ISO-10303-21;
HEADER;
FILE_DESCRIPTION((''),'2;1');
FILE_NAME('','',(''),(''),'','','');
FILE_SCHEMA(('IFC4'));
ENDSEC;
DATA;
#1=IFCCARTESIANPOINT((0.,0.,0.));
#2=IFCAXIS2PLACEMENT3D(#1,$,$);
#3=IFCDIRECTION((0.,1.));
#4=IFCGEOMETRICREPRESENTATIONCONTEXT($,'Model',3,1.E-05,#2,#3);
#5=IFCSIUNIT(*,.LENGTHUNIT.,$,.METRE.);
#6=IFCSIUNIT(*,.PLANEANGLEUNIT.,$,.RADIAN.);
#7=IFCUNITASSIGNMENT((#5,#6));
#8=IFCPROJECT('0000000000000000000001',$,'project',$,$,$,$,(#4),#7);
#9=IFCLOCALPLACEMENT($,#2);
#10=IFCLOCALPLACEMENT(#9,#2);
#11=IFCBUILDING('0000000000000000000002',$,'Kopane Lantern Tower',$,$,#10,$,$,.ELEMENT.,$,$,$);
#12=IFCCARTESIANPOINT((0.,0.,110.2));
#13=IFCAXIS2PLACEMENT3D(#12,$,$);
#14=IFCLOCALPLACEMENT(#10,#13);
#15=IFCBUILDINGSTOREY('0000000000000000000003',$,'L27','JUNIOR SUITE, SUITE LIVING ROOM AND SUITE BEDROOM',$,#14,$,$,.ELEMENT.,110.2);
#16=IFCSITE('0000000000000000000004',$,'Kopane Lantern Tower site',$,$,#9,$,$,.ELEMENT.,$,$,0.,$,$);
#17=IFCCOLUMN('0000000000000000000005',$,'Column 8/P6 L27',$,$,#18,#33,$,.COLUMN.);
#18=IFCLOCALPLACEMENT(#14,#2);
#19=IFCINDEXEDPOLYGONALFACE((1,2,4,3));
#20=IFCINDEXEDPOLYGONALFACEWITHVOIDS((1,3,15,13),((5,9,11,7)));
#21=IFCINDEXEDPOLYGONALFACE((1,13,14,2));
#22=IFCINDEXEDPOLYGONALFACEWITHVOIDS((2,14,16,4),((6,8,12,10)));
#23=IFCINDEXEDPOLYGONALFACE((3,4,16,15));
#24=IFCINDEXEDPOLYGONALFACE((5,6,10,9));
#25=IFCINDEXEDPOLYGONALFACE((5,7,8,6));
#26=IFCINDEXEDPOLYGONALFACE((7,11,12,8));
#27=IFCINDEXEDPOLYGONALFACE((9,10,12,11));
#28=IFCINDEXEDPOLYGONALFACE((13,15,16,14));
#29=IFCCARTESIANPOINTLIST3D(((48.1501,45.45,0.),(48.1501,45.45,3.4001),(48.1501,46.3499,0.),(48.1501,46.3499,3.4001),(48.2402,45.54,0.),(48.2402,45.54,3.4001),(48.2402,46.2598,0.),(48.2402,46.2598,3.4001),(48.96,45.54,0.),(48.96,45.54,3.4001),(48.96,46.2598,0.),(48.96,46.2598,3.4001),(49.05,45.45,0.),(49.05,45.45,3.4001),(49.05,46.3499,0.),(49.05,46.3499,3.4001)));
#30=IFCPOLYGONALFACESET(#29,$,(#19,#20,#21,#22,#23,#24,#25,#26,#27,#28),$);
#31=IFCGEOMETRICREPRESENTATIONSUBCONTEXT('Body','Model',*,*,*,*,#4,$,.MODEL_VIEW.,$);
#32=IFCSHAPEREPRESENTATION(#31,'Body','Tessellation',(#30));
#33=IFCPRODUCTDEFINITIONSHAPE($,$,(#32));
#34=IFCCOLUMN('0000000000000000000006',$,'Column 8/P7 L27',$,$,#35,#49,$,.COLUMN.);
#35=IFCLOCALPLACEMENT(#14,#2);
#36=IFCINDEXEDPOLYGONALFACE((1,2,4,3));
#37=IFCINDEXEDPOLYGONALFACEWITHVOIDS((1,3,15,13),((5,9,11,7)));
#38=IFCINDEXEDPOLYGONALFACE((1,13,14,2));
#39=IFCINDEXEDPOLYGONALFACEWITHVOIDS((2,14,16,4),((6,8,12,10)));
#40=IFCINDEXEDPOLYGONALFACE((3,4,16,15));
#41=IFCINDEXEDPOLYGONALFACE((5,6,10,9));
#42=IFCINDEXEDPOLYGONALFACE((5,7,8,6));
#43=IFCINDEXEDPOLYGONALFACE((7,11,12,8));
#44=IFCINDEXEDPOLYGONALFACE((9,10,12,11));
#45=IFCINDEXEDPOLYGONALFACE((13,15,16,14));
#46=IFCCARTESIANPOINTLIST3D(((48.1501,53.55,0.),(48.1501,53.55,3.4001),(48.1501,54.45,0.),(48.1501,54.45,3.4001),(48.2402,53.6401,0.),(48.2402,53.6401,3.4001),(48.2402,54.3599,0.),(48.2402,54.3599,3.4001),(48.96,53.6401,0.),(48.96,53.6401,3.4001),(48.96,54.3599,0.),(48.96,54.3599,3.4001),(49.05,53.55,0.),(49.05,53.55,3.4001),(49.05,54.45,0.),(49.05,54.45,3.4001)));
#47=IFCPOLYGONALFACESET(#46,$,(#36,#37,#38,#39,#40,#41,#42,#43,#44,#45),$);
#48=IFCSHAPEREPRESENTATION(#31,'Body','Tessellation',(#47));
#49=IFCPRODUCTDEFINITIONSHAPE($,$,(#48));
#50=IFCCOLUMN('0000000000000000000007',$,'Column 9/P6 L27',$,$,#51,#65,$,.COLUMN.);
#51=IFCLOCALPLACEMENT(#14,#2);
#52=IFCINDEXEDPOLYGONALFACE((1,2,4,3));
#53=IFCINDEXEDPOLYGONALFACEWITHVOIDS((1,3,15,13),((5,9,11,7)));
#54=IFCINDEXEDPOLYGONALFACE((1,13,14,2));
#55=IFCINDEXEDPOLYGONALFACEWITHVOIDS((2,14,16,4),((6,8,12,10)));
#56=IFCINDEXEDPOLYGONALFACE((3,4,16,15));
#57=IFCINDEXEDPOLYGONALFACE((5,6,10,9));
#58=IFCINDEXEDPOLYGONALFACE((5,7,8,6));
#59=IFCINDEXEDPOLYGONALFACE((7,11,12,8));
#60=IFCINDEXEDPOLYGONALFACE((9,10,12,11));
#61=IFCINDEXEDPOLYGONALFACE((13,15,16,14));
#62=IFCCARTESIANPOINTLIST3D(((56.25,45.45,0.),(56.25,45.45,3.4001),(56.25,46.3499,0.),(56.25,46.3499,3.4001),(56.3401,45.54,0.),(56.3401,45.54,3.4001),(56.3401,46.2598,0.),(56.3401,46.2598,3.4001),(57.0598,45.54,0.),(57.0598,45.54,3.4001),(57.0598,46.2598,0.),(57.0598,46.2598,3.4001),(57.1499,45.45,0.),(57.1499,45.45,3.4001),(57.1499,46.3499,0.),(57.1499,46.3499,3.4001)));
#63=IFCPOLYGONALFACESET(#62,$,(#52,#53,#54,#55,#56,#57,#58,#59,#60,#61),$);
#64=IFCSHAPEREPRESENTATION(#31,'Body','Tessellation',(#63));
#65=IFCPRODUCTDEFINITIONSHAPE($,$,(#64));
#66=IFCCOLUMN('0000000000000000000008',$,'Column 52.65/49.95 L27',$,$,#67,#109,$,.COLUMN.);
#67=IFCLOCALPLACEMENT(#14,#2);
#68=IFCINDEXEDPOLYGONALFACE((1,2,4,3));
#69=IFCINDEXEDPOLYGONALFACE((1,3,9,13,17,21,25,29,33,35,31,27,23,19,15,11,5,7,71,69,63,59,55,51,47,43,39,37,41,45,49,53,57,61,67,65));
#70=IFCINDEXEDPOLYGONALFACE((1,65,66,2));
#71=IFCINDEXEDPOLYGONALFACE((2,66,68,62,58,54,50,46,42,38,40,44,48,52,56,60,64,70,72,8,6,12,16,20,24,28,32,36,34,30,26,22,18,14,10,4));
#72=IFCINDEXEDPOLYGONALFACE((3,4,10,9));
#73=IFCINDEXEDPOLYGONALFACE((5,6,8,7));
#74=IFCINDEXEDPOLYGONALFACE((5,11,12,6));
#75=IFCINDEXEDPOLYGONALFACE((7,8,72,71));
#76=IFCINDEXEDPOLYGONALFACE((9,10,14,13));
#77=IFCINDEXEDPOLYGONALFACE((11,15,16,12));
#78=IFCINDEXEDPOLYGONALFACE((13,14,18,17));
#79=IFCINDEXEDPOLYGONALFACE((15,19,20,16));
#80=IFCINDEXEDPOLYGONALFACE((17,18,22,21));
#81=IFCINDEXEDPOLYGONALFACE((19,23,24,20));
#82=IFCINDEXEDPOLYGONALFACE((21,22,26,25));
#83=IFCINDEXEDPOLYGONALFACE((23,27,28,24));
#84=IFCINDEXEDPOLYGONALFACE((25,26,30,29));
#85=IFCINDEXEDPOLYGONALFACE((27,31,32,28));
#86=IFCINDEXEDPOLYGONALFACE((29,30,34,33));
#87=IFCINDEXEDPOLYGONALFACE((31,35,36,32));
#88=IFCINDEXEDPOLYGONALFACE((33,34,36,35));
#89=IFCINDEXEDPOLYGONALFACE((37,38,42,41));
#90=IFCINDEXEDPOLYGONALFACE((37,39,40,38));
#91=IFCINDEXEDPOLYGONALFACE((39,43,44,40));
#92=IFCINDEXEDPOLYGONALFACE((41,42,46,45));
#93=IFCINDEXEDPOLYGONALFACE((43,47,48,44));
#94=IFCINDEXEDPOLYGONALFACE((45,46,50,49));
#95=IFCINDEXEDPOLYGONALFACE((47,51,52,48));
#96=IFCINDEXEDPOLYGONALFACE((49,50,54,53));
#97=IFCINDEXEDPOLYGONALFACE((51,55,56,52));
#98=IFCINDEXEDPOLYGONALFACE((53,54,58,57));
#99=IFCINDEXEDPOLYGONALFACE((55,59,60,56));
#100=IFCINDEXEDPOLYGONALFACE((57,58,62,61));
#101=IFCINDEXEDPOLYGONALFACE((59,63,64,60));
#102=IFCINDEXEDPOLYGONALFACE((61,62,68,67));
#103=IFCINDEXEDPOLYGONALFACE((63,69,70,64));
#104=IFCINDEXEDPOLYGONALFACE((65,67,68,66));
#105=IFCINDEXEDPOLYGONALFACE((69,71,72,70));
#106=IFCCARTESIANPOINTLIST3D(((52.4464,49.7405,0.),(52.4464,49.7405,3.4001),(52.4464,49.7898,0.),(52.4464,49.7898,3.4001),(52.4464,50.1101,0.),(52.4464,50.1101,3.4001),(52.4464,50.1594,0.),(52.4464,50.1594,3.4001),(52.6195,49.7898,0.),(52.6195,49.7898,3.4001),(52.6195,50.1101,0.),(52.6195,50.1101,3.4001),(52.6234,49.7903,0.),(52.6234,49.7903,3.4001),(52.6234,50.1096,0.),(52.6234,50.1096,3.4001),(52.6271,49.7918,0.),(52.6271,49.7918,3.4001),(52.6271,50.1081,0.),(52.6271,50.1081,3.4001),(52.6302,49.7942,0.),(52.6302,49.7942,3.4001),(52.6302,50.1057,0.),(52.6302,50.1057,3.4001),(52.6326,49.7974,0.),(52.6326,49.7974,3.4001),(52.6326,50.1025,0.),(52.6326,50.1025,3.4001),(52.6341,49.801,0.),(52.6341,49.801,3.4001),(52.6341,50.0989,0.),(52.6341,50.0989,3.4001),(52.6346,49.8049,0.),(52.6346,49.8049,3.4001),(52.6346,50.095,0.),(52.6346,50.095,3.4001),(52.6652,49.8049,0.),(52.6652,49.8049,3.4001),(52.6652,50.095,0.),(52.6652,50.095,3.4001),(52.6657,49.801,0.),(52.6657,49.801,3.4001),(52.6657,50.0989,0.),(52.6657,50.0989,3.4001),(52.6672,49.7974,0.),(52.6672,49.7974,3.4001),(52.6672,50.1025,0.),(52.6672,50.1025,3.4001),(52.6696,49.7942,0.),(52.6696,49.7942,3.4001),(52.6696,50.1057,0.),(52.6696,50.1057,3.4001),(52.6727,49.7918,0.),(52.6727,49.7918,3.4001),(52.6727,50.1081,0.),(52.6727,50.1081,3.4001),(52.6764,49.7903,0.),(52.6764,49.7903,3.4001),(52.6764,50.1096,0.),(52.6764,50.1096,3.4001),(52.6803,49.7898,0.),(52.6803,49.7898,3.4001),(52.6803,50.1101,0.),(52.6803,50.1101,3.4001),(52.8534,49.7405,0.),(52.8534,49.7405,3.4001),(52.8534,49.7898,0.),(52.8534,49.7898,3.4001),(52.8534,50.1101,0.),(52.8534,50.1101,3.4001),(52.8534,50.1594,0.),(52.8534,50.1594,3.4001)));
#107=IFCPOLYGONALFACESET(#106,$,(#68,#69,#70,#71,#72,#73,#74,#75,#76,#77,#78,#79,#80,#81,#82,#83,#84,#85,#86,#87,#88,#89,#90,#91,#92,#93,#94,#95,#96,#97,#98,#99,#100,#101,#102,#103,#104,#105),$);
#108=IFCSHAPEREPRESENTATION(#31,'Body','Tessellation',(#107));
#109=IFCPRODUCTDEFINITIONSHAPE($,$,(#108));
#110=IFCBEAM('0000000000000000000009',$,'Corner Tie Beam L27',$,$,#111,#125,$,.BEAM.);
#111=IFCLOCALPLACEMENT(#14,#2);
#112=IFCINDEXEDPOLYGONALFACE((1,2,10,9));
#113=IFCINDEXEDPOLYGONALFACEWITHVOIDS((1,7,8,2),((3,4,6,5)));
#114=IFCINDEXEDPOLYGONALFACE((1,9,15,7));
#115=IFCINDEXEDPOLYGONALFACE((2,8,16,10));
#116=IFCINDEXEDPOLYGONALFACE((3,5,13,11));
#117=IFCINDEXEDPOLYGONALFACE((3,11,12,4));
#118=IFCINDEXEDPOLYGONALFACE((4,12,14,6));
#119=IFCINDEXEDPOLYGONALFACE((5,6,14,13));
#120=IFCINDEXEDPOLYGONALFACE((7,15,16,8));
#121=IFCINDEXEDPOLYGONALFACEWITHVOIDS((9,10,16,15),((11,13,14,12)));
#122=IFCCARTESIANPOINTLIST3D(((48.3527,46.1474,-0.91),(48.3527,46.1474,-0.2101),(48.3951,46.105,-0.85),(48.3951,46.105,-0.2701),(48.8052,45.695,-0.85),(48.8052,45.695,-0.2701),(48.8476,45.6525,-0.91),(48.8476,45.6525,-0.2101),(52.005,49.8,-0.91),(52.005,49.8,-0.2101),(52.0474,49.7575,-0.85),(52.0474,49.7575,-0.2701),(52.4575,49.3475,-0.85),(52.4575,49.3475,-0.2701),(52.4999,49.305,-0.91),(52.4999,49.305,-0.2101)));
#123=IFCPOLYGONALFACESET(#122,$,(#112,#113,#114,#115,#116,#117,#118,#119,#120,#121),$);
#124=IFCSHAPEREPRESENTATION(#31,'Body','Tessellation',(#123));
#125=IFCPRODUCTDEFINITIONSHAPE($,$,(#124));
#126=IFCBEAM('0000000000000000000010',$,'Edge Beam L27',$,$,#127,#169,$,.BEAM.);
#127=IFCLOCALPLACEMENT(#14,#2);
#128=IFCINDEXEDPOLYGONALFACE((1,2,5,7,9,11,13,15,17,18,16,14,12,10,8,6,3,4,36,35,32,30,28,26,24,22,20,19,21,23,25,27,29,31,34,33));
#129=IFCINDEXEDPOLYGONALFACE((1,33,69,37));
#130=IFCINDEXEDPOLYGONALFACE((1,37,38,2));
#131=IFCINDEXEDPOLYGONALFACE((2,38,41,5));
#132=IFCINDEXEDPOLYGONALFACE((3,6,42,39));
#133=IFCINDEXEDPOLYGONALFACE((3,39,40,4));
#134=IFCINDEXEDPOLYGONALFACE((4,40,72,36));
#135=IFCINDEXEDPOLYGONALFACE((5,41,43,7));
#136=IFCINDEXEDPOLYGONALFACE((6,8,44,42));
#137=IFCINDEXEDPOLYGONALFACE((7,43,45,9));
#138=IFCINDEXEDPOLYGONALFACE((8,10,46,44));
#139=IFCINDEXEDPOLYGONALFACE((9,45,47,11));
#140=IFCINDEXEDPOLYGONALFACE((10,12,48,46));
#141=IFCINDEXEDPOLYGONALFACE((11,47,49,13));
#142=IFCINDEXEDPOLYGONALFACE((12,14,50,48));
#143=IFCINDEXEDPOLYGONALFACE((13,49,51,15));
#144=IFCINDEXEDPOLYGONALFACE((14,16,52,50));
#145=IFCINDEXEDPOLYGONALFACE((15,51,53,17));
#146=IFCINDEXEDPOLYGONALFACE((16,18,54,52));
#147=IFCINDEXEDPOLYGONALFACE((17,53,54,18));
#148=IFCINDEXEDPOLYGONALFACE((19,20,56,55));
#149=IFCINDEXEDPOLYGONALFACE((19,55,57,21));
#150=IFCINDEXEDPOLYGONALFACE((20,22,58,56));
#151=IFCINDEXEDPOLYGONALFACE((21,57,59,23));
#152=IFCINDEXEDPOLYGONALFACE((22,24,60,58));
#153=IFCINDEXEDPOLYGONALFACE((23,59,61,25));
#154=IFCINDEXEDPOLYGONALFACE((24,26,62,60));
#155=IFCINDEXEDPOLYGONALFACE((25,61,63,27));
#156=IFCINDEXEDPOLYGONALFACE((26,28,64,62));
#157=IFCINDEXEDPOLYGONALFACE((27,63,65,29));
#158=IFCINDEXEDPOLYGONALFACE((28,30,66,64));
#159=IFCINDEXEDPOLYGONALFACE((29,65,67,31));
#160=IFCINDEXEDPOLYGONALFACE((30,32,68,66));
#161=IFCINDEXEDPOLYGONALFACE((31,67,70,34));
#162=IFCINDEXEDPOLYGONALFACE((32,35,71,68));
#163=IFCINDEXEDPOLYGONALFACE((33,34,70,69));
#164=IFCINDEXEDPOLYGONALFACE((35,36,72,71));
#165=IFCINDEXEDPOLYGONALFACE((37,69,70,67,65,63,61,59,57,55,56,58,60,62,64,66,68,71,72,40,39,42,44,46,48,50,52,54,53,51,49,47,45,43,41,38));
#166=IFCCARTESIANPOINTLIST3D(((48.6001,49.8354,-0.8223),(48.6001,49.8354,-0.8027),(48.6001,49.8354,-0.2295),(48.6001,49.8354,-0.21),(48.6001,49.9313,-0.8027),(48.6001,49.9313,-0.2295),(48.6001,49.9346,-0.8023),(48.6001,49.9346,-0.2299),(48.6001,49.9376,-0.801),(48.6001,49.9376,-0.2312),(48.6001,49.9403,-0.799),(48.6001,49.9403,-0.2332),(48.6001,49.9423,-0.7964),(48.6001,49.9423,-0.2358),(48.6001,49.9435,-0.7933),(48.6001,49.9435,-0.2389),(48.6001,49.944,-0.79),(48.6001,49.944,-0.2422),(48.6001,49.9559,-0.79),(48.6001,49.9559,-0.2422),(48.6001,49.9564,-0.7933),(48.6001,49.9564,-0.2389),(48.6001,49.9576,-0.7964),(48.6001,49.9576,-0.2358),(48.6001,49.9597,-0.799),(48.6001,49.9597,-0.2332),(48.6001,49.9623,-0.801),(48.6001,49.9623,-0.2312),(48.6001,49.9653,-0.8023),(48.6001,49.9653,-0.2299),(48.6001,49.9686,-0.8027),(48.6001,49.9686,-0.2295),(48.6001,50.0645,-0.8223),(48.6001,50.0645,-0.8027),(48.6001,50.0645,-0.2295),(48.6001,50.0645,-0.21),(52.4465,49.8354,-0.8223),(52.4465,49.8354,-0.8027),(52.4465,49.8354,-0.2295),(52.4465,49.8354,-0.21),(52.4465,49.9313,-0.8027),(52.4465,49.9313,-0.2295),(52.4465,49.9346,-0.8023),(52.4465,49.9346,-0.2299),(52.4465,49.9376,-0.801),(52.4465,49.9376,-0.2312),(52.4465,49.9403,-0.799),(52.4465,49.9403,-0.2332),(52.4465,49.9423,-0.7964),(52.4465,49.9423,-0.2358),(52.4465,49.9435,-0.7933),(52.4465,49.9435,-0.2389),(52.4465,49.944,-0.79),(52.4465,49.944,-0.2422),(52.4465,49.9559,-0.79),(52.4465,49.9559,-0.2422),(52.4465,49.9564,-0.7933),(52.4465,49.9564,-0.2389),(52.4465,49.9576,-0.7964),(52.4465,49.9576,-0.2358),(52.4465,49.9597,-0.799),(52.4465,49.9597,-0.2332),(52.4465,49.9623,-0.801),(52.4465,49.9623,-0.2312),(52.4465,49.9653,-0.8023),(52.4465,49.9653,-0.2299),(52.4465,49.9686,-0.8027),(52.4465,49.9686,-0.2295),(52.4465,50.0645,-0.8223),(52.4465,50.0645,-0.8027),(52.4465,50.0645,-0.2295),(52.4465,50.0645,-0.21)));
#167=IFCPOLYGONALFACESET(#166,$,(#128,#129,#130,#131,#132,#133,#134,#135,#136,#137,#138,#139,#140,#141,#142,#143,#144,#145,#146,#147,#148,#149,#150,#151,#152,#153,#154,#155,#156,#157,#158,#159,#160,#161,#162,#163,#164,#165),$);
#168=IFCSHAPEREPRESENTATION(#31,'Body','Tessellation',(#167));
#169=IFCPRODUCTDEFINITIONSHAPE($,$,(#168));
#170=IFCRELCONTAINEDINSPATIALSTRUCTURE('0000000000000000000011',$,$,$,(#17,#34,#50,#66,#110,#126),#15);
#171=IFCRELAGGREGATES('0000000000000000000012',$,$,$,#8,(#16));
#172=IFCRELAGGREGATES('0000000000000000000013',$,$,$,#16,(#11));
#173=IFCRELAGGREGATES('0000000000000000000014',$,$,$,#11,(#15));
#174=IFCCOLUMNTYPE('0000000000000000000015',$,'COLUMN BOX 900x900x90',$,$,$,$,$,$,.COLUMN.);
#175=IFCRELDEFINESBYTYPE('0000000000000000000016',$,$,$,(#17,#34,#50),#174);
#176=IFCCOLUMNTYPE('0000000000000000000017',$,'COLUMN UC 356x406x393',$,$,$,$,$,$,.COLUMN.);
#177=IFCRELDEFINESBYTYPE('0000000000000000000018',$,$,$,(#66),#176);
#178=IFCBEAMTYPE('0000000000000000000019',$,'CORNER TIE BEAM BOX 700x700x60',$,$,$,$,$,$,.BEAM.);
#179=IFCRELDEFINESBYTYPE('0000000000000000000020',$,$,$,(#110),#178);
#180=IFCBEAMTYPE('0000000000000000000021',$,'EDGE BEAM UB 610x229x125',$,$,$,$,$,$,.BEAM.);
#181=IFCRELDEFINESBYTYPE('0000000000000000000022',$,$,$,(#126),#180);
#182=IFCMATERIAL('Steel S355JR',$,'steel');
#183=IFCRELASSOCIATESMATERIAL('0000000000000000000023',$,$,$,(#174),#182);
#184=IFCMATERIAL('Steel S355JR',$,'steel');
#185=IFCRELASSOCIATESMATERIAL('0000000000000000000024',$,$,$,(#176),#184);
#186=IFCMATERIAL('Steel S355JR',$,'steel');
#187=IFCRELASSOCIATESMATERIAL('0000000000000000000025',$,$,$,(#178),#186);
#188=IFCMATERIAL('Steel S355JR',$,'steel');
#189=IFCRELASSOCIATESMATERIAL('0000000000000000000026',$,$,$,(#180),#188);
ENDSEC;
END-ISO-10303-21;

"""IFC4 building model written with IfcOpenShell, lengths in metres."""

from ifc_helpers import new_model, si_unit, direction, frame, origin, origin_2d, place, context, subcontext, project, spatial, hollow_rectangle, i_section, extrude, material, material_profile, profile_set, type_object, element, save


model = new_model("IFC4")

# Units and contexts
model_context = context("Model", 3, precision=1e-05, world=origin(), true_north=direction((0.0, 1.0)))
body_context = subcontext(model_context, "Body", "Model", "MODEL_VIEW")
ifc_project = project(units=[si_unit("LENGTHUNIT", "METRE"), si_unit("PLANEANGLEUNIT", "RADIAN")], contexts=[model_context])

# Site, building, storey
site_placement = place(None, origin())
site = spatial("IfcSite", under=ifc_project, at=site_placement, Name="Kopane Lantern Tower site", CompositionType="ELEMENT", RefElevation=0.0)
building_placement = place(site_placement, origin())
building = spatial("IfcBuilding", under=site, at=building_placement, Name="Kopane Lantern Tower", CompositionType="ELEMENT")
storey_placement = place(building_placement, frame((0.0, 0.0, 110.2)))
storey = spatial("IfcBuildingStorey", under=building, at=storey_placement, Name="L27", Description="JUNIOR SUITE, SUITE LIVING ROOM AND SUITE BEDROOM", CompositionType="ELEMENT", Elevation=110.2)

# Columns
ifc_material_1 = material(Name="Steel S355JR", Category="steel")
ifc_material_profile_1 = material_profile(ifc_material_1, hollow_rectangle(XDim=0.8999, YDim=0.8999, WallThickness=0.0901, at=origin_2d()), Name="BOX 900x900x90")
ifc_profile_set_1 = profile_set([ifc_material_profile_1], Name="Steel S355JR")
column_type_1 = type_object("IfcColumnType", Name="COLUMN BOX 900x900x90", PredefinedType="COLUMN", material=ifc_profile_set_1)
for number, where, z_axis, x_axis, name in (
    (1, (48.6001, 45.8999, 0.0), (0.0, 0.0, 1.0), (1.0, 0.0, 0.0), "Column 8/P6 L27"),
    (2, (48.6001, 54.0, 0.0), (0.0, 0.0, 1.0), (1.0, 0.0, 0.0), "Column 8/P7 L27"),
    (3, (56.7, 45.8999, 0.0), (0.0, 0.0, 1.0), (1.0, 0.0, 0.0), "Column 9/P6 L27"),
):
    element("IfcColumn", number, at=place(storey_placement, frame(where, z_axis=z_axis, x_axis=x_axis)), inside=storey, type_object=column_type_1, Name=name, PredefinedType="COLUMN", context=body_context, shape_type="SweptSolid", body=[
        extrude(hollow_rectangle(XDim=0.8999, YDim=0.8999, WallThickness=0.0901, at=origin_2d()), origin(), (0.0, 0.0, 1.0), 3.4001),
    ])
ifc_material_2 = material(Name="Steel S355JR", Category="steel")
ifc_material_profile_2 = material_profile(ifc_material_2, i_section(OverallWidth=0.407, OverallDepth=0.4189, WebThickness=0.0305, FlangeThickness=0.0493, FilletRadius=0.0151, at=origin_2d()), Name="UC 356x406x393")
ifc_profile_set_2 = profile_set([ifc_material_profile_2], Name="Steel S355JR")
column_type_2 = type_object("IfcColumnType", Name="COLUMN UC 356x406x393", PredefinedType="COLUMN", material=ifc_profile_set_2)
column_placement = place(storey_placement, frame((52.6499, 49.95, 0.0), z_axis=(0.0, 0.0, 1.0), x_axis=(1.0, 0.0, 0.0)))
element("IfcColumn", 4, at=column_placement, inside=storey, type_object=column_type_2, Name="Column 52.65/49.95 L27", PredefinedType="COLUMN", context=body_context, shape_type="SweptSolid", body=[
    extrude(i_section(OverallWidth=0.407, OverallDepth=0.4189, WebThickness=0.0305, FlangeThickness=0.0493, FilletRadius=0.0151, at=origin_2d()), origin(), (0.0, 0.0, 1.0), 3.4001),
])

# Beams
ifc_material_3 = material(Name="Steel S355JR", Category="steel")
ifc_material_profile_3 = material_profile(ifc_material_3, hollow_rectangle(XDim=0.7, YDim=0.7, WallThickness=0.0601, at=origin_2d()), Name="BOX 700x700x60")
ifc_profile_set_3 = profile_set([ifc_material_profile_3], Name="Steel S355JR")
beam_type_1 = type_object("IfcBeamType", Name="CORNER TIE BEAM BOX 700x700x60", PredefinedType="BEAM", material=ifc_profile_set_3)
beam_1_placement = place(storey_placement, frame((52.2524, 49.5525, -0.5601), z_axis=(-0.707083, -0.70713, 0.0), x_axis=(0.70713, -0.707083, 0.0)))
element("IfcBeam", 5, at=beam_1_placement, inside=storey, type_object=beam_type_1, Name="Corner Tie Beam L27", PredefinedType="BEAM", context=body_context, shape_type="SweptSolid", body=[
    extrude(hollow_rectangle(XDim=0.7, YDim=0.7, WallThickness=0.0601, at=origin_2d()), origin(), (0.0, 0.0, 1.0), 5.1653),
])
ifc_material_4 = material(Name="Steel S355JR", Category="steel")
ifc_material_profile_4 = material_profile(ifc_material_4, i_section(OverallWidth=0.229, OverallDepth=0.6123, WebThickness=0.012, FlangeThickness=0.0195, FilletRadius=0.0127, at=origin_2d()), Name="UB 610x229x125")
ifc_profile_set_4 = profile_set([ifc_material_profile_4], Name="Steel S355JR")
beam_type_2 = type_object("IfcBeamType", Name="EDGE BEAM UB 610x229x125", PredefinedType="BEAM", material=ifc_profile_set_4)
beam_2_placement = place(storey_placement, frame((52.4465, 49.95, -0.5161), z_axis=(-1.0, 0.0, 0.0), x_axis=(0.0, -1.0, 0.0)))
element("IfcBeam", 6, at=beam_2_placement, inside=storey, type_object=beam_type_2, Name="Edge Beam L27", PredefinedType="BEAM", context=body_context, shape_type="SweptSolid", body=[
    extrude(i_section(OverallWidth=0.229, OverallDepth=0.6123, WebThickness=0.012, FlangeThickness=0.0195, FilletRadius=0.0127, at=origin_2d()), origin(), (0.0, 0.0, 1.0), 3.8464),
])

save(model, "model.ifc")
